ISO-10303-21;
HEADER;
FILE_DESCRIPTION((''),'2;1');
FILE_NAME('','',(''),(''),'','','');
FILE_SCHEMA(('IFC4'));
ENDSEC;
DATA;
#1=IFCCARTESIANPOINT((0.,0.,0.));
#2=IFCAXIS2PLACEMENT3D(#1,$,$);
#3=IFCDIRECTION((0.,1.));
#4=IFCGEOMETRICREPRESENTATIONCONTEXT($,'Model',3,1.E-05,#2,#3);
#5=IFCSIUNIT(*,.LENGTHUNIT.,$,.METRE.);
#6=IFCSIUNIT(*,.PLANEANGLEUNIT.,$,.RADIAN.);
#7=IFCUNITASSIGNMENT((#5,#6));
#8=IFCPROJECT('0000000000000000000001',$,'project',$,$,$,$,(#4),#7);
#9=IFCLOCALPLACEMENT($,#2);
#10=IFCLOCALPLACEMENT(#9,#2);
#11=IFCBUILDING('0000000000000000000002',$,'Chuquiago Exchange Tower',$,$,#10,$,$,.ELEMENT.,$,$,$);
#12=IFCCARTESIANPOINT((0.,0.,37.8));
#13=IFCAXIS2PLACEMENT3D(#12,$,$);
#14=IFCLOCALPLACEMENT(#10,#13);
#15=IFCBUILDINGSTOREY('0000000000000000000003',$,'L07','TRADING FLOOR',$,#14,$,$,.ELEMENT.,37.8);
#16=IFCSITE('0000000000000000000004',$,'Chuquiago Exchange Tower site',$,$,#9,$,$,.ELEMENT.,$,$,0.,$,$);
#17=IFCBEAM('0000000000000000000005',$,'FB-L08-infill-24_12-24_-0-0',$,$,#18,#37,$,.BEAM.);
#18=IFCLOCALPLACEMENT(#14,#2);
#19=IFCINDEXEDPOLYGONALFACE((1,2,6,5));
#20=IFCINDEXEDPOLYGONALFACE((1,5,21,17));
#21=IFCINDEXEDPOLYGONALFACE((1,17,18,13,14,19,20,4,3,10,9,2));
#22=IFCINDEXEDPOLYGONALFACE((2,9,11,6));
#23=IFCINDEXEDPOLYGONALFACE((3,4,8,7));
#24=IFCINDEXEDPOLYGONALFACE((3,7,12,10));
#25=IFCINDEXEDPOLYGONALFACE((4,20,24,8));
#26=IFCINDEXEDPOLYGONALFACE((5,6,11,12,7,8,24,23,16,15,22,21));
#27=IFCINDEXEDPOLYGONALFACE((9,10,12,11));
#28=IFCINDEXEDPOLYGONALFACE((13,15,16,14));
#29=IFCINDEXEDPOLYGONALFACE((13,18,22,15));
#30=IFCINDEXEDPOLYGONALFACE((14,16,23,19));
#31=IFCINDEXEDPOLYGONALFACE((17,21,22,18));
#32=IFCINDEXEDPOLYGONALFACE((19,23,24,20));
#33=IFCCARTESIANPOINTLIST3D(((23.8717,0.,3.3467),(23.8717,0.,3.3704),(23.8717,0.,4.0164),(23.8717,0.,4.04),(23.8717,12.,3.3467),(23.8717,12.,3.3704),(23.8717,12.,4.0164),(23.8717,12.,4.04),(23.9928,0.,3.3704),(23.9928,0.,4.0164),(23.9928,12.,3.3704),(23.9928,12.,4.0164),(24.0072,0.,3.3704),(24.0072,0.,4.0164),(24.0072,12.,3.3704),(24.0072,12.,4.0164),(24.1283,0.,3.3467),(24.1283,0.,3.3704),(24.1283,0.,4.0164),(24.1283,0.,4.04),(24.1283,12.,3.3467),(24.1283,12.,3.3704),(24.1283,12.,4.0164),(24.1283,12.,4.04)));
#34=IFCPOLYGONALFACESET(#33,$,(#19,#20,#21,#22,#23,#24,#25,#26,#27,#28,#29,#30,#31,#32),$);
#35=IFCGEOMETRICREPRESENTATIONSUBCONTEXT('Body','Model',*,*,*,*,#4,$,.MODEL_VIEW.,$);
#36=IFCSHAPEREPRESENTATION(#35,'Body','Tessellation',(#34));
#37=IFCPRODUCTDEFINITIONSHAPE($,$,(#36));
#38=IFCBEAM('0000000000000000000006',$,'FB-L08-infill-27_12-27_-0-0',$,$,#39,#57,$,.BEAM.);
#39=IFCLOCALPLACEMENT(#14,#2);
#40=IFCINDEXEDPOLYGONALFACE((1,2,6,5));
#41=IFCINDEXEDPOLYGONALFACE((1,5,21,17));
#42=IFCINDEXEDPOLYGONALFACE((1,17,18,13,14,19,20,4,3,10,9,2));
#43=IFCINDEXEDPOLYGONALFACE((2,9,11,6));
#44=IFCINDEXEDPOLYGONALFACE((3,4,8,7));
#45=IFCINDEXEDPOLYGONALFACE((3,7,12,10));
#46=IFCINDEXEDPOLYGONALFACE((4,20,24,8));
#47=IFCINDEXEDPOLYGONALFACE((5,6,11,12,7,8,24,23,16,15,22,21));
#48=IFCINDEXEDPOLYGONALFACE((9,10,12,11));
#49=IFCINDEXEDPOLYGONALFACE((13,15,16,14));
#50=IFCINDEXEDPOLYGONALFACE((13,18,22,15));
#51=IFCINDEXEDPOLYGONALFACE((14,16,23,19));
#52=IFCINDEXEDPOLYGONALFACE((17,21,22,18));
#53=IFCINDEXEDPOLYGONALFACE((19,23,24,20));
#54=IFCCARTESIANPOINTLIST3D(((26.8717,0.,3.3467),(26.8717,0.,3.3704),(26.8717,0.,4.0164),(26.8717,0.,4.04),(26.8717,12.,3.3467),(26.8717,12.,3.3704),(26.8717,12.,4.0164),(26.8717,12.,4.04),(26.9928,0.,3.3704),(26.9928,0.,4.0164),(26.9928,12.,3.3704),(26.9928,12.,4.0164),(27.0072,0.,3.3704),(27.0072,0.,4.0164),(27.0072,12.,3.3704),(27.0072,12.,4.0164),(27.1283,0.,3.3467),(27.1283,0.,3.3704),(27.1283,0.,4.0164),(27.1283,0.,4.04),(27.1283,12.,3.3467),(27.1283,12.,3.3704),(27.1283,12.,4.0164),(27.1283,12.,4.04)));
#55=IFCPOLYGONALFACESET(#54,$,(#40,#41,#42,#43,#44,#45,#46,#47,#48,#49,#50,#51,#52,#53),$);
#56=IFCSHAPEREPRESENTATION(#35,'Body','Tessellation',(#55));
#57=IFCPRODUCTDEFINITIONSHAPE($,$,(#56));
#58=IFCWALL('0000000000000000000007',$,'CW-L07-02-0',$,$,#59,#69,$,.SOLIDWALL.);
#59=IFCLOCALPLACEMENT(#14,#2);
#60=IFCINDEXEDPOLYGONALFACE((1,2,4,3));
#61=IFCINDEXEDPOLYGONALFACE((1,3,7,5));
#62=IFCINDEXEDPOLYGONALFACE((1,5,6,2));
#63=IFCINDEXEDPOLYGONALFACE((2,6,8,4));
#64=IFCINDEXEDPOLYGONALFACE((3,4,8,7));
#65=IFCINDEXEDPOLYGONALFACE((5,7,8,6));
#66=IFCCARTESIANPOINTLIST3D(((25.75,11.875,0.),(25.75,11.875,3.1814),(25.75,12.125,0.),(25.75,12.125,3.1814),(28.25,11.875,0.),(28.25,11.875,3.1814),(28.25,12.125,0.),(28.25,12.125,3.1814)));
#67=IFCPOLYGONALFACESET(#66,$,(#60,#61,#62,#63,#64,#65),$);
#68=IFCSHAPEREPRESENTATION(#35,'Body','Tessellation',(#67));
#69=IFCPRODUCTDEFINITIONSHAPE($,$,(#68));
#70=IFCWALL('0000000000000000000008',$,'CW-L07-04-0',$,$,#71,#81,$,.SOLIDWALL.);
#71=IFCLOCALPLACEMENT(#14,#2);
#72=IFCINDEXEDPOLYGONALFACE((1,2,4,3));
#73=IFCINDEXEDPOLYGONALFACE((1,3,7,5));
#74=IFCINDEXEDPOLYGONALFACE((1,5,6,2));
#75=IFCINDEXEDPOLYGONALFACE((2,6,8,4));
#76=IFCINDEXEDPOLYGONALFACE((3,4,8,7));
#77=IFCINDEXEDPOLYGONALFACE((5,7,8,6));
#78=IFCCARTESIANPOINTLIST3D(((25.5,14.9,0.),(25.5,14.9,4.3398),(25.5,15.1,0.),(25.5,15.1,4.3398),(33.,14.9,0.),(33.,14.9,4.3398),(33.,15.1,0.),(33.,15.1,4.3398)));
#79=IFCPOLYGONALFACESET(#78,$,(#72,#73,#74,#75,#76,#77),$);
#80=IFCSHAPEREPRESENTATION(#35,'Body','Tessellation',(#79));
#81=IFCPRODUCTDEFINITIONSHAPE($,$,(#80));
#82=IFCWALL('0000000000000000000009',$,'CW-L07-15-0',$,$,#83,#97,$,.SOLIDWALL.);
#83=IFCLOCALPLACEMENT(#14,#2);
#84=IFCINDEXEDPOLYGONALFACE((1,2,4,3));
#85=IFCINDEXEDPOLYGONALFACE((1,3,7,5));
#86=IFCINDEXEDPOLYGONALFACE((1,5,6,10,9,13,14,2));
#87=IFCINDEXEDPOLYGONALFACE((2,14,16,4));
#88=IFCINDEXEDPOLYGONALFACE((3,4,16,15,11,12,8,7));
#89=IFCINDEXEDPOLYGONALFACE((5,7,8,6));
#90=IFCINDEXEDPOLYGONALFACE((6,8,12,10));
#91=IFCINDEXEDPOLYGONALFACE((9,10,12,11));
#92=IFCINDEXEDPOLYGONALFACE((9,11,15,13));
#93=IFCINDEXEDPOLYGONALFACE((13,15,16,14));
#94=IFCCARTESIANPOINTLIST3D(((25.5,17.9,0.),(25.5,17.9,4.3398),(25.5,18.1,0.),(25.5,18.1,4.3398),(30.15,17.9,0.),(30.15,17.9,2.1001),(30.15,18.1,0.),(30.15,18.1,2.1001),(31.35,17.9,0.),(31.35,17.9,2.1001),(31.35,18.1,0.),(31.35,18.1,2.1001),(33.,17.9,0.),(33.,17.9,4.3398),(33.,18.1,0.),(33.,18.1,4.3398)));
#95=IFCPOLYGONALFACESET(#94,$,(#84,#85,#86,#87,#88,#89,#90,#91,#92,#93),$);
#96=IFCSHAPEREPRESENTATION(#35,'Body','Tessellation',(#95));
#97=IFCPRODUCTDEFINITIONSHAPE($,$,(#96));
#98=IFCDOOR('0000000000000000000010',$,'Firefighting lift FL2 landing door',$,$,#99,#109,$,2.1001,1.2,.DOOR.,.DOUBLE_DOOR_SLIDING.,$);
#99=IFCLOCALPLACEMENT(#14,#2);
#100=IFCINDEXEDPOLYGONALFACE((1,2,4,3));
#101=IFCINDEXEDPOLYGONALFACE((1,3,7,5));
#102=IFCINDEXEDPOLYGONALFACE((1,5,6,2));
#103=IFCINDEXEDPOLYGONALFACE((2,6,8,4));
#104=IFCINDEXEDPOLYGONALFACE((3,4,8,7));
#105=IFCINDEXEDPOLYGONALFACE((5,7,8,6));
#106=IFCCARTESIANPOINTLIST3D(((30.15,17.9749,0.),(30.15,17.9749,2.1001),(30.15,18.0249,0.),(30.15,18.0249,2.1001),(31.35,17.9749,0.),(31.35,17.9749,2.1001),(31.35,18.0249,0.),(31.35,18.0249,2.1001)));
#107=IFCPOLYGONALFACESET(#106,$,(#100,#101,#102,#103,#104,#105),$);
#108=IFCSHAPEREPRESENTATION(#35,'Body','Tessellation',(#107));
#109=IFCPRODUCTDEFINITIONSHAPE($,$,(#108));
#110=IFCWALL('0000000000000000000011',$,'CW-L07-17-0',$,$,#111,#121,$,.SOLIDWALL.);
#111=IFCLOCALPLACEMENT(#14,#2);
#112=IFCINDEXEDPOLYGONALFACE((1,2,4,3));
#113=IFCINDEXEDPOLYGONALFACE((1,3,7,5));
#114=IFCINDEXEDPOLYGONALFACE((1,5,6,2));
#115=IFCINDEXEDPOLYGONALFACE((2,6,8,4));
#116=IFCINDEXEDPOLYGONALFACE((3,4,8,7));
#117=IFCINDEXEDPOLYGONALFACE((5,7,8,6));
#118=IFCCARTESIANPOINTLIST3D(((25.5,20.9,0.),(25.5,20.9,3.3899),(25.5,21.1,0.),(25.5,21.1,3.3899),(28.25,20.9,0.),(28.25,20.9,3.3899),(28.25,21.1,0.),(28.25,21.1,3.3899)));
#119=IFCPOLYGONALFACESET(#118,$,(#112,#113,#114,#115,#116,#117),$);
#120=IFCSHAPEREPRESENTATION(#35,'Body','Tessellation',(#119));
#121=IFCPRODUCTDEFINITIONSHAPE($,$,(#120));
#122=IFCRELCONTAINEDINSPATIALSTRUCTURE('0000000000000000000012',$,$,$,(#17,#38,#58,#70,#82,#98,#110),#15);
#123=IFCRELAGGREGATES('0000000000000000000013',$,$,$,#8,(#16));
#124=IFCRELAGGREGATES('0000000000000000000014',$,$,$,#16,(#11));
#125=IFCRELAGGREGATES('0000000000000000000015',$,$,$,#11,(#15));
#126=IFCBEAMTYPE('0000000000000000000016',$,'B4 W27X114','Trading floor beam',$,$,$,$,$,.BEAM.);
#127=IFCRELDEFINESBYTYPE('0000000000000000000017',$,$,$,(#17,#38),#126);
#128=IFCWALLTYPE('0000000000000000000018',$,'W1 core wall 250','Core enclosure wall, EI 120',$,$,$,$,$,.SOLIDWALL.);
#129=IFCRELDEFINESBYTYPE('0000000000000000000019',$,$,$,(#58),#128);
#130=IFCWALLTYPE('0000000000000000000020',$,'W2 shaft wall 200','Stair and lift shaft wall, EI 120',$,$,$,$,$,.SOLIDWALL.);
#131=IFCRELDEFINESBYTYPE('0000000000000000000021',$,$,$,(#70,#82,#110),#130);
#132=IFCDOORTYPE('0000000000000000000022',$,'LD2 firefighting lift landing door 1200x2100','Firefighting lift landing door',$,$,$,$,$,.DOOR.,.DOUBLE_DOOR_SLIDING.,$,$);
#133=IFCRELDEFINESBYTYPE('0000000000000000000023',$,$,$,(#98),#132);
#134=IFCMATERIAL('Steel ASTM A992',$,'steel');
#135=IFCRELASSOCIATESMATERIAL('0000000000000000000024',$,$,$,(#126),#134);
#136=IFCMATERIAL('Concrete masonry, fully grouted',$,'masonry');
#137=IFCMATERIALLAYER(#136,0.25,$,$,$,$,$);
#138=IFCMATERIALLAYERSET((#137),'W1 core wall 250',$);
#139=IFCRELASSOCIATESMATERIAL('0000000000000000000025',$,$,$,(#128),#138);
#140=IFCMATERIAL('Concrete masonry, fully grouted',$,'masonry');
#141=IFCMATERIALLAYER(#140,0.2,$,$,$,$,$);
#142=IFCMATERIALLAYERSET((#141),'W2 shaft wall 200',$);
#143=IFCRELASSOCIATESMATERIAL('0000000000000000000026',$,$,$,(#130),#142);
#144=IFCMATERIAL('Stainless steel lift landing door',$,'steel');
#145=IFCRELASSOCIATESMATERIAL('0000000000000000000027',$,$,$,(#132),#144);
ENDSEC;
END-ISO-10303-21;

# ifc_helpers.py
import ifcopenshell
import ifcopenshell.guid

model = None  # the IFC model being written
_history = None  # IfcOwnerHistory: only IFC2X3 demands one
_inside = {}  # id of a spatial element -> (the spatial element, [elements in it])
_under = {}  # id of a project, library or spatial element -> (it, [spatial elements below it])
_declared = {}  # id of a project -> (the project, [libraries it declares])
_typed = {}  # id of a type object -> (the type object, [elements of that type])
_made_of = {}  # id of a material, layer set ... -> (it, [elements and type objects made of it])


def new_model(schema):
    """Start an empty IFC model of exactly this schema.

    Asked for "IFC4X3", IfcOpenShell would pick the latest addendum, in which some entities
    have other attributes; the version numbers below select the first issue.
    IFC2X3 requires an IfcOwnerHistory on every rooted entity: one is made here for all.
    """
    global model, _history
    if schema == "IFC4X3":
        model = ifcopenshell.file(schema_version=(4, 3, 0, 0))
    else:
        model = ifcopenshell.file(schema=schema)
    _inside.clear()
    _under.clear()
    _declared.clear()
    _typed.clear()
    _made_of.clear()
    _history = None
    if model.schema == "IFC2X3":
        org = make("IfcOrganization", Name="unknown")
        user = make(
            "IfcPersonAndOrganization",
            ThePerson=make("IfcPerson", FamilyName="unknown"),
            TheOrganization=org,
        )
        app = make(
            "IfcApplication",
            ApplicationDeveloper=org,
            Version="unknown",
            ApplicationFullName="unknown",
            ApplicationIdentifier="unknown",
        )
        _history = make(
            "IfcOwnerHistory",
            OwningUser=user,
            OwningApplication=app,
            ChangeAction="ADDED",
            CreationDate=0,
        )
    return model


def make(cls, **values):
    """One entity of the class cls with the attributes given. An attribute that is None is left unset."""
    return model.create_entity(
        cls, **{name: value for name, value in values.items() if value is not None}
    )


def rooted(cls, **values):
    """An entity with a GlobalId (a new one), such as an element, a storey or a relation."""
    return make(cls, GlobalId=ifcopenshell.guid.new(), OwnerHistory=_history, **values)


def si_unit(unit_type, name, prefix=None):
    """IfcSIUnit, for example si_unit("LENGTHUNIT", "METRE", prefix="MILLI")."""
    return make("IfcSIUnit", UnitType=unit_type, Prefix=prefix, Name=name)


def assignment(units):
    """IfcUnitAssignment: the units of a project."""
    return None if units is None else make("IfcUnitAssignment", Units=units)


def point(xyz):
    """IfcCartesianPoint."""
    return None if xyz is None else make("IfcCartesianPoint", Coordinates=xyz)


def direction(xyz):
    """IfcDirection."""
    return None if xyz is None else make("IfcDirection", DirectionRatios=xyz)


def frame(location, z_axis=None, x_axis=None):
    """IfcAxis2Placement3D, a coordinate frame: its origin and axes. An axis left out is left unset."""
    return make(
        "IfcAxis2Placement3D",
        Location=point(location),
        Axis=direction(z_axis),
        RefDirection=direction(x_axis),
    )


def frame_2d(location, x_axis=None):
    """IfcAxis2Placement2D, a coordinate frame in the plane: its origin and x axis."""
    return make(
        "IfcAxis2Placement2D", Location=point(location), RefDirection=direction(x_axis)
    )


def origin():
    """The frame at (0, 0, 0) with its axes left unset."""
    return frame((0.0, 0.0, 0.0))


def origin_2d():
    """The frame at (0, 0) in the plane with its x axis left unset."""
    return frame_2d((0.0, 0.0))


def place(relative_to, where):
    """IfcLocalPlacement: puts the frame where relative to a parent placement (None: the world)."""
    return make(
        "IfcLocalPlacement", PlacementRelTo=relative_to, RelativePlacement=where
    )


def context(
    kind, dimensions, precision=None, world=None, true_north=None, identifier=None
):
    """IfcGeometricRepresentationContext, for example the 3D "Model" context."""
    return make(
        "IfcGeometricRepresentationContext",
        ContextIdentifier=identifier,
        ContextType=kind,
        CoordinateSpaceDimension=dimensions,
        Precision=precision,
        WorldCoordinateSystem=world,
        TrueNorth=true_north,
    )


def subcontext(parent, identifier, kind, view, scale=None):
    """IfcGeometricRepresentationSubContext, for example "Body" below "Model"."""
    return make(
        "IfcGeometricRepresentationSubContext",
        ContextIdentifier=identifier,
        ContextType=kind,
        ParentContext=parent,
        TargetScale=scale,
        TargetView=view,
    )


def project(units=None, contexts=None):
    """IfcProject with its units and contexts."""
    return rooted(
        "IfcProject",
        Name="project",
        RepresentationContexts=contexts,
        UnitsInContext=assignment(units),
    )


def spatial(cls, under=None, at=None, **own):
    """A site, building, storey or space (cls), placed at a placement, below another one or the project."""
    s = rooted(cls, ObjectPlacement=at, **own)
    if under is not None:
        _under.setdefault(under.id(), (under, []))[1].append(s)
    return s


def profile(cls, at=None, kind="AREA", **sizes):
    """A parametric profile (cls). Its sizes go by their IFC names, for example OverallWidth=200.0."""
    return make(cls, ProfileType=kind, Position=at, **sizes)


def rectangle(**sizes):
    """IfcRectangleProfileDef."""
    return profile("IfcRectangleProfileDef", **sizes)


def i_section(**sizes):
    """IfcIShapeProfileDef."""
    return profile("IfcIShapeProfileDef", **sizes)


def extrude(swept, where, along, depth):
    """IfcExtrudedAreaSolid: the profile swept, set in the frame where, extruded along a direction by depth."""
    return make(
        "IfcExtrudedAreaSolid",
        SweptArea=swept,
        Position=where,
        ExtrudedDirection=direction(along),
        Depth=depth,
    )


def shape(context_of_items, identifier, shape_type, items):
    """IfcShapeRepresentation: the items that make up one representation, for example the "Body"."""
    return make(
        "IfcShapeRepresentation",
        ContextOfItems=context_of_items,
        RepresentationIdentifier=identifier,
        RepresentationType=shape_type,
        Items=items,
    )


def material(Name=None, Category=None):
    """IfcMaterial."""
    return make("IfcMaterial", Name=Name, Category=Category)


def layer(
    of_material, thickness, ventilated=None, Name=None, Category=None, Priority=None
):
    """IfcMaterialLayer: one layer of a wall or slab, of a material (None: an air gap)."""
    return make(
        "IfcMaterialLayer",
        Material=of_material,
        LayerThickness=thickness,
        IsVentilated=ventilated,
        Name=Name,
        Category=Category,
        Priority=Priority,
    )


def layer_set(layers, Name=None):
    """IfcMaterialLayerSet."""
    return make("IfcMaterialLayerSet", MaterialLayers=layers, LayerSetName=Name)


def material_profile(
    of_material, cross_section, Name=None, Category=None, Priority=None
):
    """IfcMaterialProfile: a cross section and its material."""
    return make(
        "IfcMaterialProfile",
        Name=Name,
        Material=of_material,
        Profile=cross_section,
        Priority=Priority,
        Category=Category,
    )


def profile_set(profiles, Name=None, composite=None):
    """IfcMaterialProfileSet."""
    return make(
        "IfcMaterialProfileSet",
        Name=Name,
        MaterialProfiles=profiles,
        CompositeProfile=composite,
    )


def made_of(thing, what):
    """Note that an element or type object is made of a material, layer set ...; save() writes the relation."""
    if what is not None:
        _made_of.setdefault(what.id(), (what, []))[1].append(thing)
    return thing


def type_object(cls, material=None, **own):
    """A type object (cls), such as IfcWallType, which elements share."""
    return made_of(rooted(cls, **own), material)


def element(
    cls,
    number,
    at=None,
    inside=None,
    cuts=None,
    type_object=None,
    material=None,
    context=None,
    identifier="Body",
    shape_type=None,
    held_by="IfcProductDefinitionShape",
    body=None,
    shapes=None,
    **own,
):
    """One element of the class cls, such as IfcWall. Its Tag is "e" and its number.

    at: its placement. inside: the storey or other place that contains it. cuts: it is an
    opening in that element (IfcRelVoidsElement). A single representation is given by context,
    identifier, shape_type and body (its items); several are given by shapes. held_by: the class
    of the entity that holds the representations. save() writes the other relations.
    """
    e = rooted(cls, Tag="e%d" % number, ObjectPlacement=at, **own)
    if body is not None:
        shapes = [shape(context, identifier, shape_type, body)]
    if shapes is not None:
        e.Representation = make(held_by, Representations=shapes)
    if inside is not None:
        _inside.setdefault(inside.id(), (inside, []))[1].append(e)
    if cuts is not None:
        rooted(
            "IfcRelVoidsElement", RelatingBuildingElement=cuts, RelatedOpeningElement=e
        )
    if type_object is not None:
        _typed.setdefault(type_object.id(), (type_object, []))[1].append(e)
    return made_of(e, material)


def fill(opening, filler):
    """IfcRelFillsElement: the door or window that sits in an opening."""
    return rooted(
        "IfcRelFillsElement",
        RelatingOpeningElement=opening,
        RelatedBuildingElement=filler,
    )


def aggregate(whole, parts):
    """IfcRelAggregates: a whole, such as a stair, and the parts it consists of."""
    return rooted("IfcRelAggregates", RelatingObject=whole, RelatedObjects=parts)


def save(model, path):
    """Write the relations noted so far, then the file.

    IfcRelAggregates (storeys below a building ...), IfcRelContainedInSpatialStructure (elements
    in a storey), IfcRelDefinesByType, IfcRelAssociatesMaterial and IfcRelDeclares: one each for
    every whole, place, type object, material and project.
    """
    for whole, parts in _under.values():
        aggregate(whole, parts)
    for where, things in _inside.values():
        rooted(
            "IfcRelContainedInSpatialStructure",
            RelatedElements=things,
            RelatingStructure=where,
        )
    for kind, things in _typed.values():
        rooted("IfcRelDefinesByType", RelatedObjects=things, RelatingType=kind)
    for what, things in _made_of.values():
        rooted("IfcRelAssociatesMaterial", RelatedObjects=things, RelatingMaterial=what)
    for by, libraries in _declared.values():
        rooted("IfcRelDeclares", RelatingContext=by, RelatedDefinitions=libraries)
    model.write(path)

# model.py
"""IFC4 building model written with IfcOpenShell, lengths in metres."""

from ifc_helpers import new_model, si_unit, direction, frame, frame_2d, origin, origin_2d, place, context, subcontext, project, spatial, rectangle, i_section, extrude, material, layer, layer_set, material_profile, profile_set, type_object, element, fill, save


model = new_model("IFC4")

# Units and contexts
model_context = context("Model", 3, precision=1e-05, world=origin(), true_north=direction((0.0, 1.0)))
body_context = subcontext(model_context, "Body", "Model", "MODEL_VIEW")
ifc_project = project(units=[si_unit("LENGTHUNIT", "METRE"), si_unit("PLANEANGLEUNIT", "RADIAN")], contexts=[model_context])

# Site, building, storey
site_placement = place(None, origin())
site = spatial("IfcSite", under=ifc_project, at=site_placement, Name="Chuquiago Exchange Tower site", CompositionType="ELEMENT", RefElevation=0.0)
building_placement = place(site_placement, origin())
building = spatial("IfcBuilding", under=site, at=building_placement, Name="Chuquiago Exchange Tower", CompositionType="ELEMENT")
storey_placement = place(building_placement, frame((0.0, 0.0, 37.8)))
storey = spatial("IfcBuildingStorey", under=building, at=storey_placement, Name="L07", Description="TRADING FLOOR", CompositionType="ELEMENT", Elevation=37.8)

# Beams
ifc_material_1 = material(Name="Steel ASTM A992", Category="steel")
ifc_material_profile_1 = material_profile(ifc_material_1, i_section(OverallWidth=0.2566, OverallDepth=0.6934, WebThickness=0.0144, FlangeThickness=0.0237, at=origin_2d()), Name="W27X114")
ifc_profile_set_1 = profile_set([ifc_material_profile_1], Name="Steel ASTM A992")
beam_type_1 = type_object("IfcBeamType", Name="B4 W27X114", Description="Trading floor beam", PredefinedType="BEAM", material=ifc_profile_set_1)
for number, where, z_axis, x_axis, name in (
    (1, (24.0, 12.0, 3.6934), (0.0, -1.0, 0.0), (1.0, 0.0, 0.0), "FB-L08-infill-24_12-24_-0-0"),
    (2, (27.0, 12.0, 3.6934), (0.0, -1.0, 0.0), (1.0, 0.0, 0.0), "FB-L08-infill-27_12-27_-0-0"),
):
    element("IfcBeam", number, at=place(storey_placement, frame(where, z_axis=z_axis, x_axis=x_axis)), inside=storey, type_object=beam_type_1, Name=name, PredefinedType="BEAM", context=body_context, shape_type="SweptSolid", body=[
        extrude(i_section(OverallWidth=0.2566, OverallDepth=0.6934, WebThickness=0.0144, FlangeThickness=0.0237, at=origin_2d()), origin(), (0.0, 0.0, 1.0), 12.0),
    ])

# Walls
ifc_material_2 = material(Name="Concrete masonry, fully grouted", Category="masonry")
ifc_layer_1 = layer(ifc_material_2, 0.25)
ifc_layer_set_1 = layer_set([ifc_layer_1], Name="W1 core wall 250")
wall_type_1 = type_object("IfcWallType", Name="W1 core wall 250", Description="Core enclosure wall, EI 120", PredefinedType="SOLIDWALL", material=ifc_layer_set_1)
wall_1_placement = place(storey_placement, frame((25.75, 12.0, 0.0), z_axis=(0.0, 0.0, 1.0), x_axis=(1.0, 0.0, 0.0)))
element("IfcWall", 3, at=wall_1_placement, inside=storey, type_object=wall_type_1, Name="CW-L07-02-0", PredefinedType="SOLIDWALL", context=body_context, shape_type="SweptSolid", body=[
    extrude(rectangle(XDim=2.5, YDim=0.25, at=frame_2d((1.25, 0.0))), origin(), (0.0, 0.0, 1.0), 3.1814),
])
ifc_material_3 = material(Name="Concrete masonry, fully grouted", Category="masonry")
ifc_layer_2 = layer(ifc_material_3, 0.2)
ifc_layer_set_2 = layer_set([ifc_layer_2], Name="W2 shaft wall 200")
wall_type_2 = type_object("IfcWallType", Name="W2 shaft wall 200", Description="Stair and lift shaft wall, EI 120", PredefinedType="SOLIDWALL", material=ifc_layer_set_2)
wall_2_placement = place(storey_placement, frame((25.5, 15.0, 0.0), z_axis=(0.0, 0.0, 1.0), x_axis=(1.0, 0.0, 0.0)))
element("IfcWall", 4, at=wall_2_placement, inside=storey, type_object=wall_type_2, Name="CW-L07-04-0", PredefinedType="SOLIDWALL", context=body_context, shape_type="SweptSolid", body=[
    extrude(rectangle(XDim=7.5, YDim=0.2, at=frame_2d((3.75, 0.0))), origin(), (0.0, 0.0, 1.0), 4.3398),
])

# Wall, opening, door
wall_3_placement = place(storey_placement, frame((25.5, 18.0, 0.0), z_axis=(0.0, 0.0, 1.0), x_axis=(1.0, 0.0, 0.0)))
wall_3 = element("IfcWall", 5, at=wall_3_placement, inside=storey, type_object=wall_type_2, Name="CW-L07-15-0", PredefinedType="SOLIDWALL", context=body_context, shape_type="SweptSolid", body=[
    extrude(rectangle(XDim=7.5, YDim=0.2, at=frame_2d((3.75, 0.0))), origin(), (0.0, 0.0, 1.0), 4.3398),
])
opening_1_placement = place(wall_3_placement, frame((4.6499, 0.0, 0.0)))
opening_1 = element("IfcOpeningElement", 6, at=opening_1_placement, cuts=wall_3, PredefinedType="OPENING", context=body_context, shape_type="SweptSolid", body=[
    extrude(rectangle(XDim=1.2, YDim=2.1001, at=frame_2d((0.6001, 1.05))), frame((0.0, 0.1099, 0.0), z_axis=(0.0, -1.0, 0.0), x_axis=(1.0, 0.0, 0.0)), (0.0, 0.0, 1.0), 0.22),
])
ifc_material_4 = material(Name="Stainless steel lift landing door", Category="steel")
door_type_1 = type_object("IfcDoorType", Name="LD2 firefighting lift landing door 1200x2100", Description="Firefighting lift landing door", OperationType="DOUBLE_DOOR_SLIDING", PredefinedType="DOOR", material=ifc_material_4)
door_1_placement = place(opening_1_placement, origin())
door_1 = element("IfcDoor", 7, at=door_1_placement, inside=storey, type_object=door_type_1, Name="Firefighting lift FL2 landing door", OperationType="DOUBLE_DOOR_SLIDING", OverallHeight=2.1001, OverallWidth=1.2, PredefinedType="DOOR", context=body_context, shape_type="SweptSolid", body=[
    extrude(rectangle(XDim=1.2, YDim=2.1001, at=frame_2d((0.6001, 1.05))), frame((0.0, 0.0249, 0.0), z_axis=(0.0, -1.0, 0.0), x_axis=(1.0, 0.0, 0.0)), (0.0, 0.0, 1.0), 0.05),
])
fill(opening_1, door_1)

# Wall
wall_4_placement = place(storey_placement, frame((25.5, 21.0, 0.0), z_axis=(0.0, 0.0, 1.0), x_axis=(1.0, 0.0, 0.0)))
element("IfcWall", 8, at=wall_4_placement, inside=storey, type_object=wall_type_2, Name="CW-L07-17-0", PredefinedType="SOLIDWALL", context=body_context, shape_type="SweptSolid", body=[
    extrude(rectangle(XDim=2.75, YDim=0.2, at=frame_2d((1.375, 0.0))), origin(), (0.0, 0.0, 1.0), 3.3899),
])

save(model, "model.ifc")
